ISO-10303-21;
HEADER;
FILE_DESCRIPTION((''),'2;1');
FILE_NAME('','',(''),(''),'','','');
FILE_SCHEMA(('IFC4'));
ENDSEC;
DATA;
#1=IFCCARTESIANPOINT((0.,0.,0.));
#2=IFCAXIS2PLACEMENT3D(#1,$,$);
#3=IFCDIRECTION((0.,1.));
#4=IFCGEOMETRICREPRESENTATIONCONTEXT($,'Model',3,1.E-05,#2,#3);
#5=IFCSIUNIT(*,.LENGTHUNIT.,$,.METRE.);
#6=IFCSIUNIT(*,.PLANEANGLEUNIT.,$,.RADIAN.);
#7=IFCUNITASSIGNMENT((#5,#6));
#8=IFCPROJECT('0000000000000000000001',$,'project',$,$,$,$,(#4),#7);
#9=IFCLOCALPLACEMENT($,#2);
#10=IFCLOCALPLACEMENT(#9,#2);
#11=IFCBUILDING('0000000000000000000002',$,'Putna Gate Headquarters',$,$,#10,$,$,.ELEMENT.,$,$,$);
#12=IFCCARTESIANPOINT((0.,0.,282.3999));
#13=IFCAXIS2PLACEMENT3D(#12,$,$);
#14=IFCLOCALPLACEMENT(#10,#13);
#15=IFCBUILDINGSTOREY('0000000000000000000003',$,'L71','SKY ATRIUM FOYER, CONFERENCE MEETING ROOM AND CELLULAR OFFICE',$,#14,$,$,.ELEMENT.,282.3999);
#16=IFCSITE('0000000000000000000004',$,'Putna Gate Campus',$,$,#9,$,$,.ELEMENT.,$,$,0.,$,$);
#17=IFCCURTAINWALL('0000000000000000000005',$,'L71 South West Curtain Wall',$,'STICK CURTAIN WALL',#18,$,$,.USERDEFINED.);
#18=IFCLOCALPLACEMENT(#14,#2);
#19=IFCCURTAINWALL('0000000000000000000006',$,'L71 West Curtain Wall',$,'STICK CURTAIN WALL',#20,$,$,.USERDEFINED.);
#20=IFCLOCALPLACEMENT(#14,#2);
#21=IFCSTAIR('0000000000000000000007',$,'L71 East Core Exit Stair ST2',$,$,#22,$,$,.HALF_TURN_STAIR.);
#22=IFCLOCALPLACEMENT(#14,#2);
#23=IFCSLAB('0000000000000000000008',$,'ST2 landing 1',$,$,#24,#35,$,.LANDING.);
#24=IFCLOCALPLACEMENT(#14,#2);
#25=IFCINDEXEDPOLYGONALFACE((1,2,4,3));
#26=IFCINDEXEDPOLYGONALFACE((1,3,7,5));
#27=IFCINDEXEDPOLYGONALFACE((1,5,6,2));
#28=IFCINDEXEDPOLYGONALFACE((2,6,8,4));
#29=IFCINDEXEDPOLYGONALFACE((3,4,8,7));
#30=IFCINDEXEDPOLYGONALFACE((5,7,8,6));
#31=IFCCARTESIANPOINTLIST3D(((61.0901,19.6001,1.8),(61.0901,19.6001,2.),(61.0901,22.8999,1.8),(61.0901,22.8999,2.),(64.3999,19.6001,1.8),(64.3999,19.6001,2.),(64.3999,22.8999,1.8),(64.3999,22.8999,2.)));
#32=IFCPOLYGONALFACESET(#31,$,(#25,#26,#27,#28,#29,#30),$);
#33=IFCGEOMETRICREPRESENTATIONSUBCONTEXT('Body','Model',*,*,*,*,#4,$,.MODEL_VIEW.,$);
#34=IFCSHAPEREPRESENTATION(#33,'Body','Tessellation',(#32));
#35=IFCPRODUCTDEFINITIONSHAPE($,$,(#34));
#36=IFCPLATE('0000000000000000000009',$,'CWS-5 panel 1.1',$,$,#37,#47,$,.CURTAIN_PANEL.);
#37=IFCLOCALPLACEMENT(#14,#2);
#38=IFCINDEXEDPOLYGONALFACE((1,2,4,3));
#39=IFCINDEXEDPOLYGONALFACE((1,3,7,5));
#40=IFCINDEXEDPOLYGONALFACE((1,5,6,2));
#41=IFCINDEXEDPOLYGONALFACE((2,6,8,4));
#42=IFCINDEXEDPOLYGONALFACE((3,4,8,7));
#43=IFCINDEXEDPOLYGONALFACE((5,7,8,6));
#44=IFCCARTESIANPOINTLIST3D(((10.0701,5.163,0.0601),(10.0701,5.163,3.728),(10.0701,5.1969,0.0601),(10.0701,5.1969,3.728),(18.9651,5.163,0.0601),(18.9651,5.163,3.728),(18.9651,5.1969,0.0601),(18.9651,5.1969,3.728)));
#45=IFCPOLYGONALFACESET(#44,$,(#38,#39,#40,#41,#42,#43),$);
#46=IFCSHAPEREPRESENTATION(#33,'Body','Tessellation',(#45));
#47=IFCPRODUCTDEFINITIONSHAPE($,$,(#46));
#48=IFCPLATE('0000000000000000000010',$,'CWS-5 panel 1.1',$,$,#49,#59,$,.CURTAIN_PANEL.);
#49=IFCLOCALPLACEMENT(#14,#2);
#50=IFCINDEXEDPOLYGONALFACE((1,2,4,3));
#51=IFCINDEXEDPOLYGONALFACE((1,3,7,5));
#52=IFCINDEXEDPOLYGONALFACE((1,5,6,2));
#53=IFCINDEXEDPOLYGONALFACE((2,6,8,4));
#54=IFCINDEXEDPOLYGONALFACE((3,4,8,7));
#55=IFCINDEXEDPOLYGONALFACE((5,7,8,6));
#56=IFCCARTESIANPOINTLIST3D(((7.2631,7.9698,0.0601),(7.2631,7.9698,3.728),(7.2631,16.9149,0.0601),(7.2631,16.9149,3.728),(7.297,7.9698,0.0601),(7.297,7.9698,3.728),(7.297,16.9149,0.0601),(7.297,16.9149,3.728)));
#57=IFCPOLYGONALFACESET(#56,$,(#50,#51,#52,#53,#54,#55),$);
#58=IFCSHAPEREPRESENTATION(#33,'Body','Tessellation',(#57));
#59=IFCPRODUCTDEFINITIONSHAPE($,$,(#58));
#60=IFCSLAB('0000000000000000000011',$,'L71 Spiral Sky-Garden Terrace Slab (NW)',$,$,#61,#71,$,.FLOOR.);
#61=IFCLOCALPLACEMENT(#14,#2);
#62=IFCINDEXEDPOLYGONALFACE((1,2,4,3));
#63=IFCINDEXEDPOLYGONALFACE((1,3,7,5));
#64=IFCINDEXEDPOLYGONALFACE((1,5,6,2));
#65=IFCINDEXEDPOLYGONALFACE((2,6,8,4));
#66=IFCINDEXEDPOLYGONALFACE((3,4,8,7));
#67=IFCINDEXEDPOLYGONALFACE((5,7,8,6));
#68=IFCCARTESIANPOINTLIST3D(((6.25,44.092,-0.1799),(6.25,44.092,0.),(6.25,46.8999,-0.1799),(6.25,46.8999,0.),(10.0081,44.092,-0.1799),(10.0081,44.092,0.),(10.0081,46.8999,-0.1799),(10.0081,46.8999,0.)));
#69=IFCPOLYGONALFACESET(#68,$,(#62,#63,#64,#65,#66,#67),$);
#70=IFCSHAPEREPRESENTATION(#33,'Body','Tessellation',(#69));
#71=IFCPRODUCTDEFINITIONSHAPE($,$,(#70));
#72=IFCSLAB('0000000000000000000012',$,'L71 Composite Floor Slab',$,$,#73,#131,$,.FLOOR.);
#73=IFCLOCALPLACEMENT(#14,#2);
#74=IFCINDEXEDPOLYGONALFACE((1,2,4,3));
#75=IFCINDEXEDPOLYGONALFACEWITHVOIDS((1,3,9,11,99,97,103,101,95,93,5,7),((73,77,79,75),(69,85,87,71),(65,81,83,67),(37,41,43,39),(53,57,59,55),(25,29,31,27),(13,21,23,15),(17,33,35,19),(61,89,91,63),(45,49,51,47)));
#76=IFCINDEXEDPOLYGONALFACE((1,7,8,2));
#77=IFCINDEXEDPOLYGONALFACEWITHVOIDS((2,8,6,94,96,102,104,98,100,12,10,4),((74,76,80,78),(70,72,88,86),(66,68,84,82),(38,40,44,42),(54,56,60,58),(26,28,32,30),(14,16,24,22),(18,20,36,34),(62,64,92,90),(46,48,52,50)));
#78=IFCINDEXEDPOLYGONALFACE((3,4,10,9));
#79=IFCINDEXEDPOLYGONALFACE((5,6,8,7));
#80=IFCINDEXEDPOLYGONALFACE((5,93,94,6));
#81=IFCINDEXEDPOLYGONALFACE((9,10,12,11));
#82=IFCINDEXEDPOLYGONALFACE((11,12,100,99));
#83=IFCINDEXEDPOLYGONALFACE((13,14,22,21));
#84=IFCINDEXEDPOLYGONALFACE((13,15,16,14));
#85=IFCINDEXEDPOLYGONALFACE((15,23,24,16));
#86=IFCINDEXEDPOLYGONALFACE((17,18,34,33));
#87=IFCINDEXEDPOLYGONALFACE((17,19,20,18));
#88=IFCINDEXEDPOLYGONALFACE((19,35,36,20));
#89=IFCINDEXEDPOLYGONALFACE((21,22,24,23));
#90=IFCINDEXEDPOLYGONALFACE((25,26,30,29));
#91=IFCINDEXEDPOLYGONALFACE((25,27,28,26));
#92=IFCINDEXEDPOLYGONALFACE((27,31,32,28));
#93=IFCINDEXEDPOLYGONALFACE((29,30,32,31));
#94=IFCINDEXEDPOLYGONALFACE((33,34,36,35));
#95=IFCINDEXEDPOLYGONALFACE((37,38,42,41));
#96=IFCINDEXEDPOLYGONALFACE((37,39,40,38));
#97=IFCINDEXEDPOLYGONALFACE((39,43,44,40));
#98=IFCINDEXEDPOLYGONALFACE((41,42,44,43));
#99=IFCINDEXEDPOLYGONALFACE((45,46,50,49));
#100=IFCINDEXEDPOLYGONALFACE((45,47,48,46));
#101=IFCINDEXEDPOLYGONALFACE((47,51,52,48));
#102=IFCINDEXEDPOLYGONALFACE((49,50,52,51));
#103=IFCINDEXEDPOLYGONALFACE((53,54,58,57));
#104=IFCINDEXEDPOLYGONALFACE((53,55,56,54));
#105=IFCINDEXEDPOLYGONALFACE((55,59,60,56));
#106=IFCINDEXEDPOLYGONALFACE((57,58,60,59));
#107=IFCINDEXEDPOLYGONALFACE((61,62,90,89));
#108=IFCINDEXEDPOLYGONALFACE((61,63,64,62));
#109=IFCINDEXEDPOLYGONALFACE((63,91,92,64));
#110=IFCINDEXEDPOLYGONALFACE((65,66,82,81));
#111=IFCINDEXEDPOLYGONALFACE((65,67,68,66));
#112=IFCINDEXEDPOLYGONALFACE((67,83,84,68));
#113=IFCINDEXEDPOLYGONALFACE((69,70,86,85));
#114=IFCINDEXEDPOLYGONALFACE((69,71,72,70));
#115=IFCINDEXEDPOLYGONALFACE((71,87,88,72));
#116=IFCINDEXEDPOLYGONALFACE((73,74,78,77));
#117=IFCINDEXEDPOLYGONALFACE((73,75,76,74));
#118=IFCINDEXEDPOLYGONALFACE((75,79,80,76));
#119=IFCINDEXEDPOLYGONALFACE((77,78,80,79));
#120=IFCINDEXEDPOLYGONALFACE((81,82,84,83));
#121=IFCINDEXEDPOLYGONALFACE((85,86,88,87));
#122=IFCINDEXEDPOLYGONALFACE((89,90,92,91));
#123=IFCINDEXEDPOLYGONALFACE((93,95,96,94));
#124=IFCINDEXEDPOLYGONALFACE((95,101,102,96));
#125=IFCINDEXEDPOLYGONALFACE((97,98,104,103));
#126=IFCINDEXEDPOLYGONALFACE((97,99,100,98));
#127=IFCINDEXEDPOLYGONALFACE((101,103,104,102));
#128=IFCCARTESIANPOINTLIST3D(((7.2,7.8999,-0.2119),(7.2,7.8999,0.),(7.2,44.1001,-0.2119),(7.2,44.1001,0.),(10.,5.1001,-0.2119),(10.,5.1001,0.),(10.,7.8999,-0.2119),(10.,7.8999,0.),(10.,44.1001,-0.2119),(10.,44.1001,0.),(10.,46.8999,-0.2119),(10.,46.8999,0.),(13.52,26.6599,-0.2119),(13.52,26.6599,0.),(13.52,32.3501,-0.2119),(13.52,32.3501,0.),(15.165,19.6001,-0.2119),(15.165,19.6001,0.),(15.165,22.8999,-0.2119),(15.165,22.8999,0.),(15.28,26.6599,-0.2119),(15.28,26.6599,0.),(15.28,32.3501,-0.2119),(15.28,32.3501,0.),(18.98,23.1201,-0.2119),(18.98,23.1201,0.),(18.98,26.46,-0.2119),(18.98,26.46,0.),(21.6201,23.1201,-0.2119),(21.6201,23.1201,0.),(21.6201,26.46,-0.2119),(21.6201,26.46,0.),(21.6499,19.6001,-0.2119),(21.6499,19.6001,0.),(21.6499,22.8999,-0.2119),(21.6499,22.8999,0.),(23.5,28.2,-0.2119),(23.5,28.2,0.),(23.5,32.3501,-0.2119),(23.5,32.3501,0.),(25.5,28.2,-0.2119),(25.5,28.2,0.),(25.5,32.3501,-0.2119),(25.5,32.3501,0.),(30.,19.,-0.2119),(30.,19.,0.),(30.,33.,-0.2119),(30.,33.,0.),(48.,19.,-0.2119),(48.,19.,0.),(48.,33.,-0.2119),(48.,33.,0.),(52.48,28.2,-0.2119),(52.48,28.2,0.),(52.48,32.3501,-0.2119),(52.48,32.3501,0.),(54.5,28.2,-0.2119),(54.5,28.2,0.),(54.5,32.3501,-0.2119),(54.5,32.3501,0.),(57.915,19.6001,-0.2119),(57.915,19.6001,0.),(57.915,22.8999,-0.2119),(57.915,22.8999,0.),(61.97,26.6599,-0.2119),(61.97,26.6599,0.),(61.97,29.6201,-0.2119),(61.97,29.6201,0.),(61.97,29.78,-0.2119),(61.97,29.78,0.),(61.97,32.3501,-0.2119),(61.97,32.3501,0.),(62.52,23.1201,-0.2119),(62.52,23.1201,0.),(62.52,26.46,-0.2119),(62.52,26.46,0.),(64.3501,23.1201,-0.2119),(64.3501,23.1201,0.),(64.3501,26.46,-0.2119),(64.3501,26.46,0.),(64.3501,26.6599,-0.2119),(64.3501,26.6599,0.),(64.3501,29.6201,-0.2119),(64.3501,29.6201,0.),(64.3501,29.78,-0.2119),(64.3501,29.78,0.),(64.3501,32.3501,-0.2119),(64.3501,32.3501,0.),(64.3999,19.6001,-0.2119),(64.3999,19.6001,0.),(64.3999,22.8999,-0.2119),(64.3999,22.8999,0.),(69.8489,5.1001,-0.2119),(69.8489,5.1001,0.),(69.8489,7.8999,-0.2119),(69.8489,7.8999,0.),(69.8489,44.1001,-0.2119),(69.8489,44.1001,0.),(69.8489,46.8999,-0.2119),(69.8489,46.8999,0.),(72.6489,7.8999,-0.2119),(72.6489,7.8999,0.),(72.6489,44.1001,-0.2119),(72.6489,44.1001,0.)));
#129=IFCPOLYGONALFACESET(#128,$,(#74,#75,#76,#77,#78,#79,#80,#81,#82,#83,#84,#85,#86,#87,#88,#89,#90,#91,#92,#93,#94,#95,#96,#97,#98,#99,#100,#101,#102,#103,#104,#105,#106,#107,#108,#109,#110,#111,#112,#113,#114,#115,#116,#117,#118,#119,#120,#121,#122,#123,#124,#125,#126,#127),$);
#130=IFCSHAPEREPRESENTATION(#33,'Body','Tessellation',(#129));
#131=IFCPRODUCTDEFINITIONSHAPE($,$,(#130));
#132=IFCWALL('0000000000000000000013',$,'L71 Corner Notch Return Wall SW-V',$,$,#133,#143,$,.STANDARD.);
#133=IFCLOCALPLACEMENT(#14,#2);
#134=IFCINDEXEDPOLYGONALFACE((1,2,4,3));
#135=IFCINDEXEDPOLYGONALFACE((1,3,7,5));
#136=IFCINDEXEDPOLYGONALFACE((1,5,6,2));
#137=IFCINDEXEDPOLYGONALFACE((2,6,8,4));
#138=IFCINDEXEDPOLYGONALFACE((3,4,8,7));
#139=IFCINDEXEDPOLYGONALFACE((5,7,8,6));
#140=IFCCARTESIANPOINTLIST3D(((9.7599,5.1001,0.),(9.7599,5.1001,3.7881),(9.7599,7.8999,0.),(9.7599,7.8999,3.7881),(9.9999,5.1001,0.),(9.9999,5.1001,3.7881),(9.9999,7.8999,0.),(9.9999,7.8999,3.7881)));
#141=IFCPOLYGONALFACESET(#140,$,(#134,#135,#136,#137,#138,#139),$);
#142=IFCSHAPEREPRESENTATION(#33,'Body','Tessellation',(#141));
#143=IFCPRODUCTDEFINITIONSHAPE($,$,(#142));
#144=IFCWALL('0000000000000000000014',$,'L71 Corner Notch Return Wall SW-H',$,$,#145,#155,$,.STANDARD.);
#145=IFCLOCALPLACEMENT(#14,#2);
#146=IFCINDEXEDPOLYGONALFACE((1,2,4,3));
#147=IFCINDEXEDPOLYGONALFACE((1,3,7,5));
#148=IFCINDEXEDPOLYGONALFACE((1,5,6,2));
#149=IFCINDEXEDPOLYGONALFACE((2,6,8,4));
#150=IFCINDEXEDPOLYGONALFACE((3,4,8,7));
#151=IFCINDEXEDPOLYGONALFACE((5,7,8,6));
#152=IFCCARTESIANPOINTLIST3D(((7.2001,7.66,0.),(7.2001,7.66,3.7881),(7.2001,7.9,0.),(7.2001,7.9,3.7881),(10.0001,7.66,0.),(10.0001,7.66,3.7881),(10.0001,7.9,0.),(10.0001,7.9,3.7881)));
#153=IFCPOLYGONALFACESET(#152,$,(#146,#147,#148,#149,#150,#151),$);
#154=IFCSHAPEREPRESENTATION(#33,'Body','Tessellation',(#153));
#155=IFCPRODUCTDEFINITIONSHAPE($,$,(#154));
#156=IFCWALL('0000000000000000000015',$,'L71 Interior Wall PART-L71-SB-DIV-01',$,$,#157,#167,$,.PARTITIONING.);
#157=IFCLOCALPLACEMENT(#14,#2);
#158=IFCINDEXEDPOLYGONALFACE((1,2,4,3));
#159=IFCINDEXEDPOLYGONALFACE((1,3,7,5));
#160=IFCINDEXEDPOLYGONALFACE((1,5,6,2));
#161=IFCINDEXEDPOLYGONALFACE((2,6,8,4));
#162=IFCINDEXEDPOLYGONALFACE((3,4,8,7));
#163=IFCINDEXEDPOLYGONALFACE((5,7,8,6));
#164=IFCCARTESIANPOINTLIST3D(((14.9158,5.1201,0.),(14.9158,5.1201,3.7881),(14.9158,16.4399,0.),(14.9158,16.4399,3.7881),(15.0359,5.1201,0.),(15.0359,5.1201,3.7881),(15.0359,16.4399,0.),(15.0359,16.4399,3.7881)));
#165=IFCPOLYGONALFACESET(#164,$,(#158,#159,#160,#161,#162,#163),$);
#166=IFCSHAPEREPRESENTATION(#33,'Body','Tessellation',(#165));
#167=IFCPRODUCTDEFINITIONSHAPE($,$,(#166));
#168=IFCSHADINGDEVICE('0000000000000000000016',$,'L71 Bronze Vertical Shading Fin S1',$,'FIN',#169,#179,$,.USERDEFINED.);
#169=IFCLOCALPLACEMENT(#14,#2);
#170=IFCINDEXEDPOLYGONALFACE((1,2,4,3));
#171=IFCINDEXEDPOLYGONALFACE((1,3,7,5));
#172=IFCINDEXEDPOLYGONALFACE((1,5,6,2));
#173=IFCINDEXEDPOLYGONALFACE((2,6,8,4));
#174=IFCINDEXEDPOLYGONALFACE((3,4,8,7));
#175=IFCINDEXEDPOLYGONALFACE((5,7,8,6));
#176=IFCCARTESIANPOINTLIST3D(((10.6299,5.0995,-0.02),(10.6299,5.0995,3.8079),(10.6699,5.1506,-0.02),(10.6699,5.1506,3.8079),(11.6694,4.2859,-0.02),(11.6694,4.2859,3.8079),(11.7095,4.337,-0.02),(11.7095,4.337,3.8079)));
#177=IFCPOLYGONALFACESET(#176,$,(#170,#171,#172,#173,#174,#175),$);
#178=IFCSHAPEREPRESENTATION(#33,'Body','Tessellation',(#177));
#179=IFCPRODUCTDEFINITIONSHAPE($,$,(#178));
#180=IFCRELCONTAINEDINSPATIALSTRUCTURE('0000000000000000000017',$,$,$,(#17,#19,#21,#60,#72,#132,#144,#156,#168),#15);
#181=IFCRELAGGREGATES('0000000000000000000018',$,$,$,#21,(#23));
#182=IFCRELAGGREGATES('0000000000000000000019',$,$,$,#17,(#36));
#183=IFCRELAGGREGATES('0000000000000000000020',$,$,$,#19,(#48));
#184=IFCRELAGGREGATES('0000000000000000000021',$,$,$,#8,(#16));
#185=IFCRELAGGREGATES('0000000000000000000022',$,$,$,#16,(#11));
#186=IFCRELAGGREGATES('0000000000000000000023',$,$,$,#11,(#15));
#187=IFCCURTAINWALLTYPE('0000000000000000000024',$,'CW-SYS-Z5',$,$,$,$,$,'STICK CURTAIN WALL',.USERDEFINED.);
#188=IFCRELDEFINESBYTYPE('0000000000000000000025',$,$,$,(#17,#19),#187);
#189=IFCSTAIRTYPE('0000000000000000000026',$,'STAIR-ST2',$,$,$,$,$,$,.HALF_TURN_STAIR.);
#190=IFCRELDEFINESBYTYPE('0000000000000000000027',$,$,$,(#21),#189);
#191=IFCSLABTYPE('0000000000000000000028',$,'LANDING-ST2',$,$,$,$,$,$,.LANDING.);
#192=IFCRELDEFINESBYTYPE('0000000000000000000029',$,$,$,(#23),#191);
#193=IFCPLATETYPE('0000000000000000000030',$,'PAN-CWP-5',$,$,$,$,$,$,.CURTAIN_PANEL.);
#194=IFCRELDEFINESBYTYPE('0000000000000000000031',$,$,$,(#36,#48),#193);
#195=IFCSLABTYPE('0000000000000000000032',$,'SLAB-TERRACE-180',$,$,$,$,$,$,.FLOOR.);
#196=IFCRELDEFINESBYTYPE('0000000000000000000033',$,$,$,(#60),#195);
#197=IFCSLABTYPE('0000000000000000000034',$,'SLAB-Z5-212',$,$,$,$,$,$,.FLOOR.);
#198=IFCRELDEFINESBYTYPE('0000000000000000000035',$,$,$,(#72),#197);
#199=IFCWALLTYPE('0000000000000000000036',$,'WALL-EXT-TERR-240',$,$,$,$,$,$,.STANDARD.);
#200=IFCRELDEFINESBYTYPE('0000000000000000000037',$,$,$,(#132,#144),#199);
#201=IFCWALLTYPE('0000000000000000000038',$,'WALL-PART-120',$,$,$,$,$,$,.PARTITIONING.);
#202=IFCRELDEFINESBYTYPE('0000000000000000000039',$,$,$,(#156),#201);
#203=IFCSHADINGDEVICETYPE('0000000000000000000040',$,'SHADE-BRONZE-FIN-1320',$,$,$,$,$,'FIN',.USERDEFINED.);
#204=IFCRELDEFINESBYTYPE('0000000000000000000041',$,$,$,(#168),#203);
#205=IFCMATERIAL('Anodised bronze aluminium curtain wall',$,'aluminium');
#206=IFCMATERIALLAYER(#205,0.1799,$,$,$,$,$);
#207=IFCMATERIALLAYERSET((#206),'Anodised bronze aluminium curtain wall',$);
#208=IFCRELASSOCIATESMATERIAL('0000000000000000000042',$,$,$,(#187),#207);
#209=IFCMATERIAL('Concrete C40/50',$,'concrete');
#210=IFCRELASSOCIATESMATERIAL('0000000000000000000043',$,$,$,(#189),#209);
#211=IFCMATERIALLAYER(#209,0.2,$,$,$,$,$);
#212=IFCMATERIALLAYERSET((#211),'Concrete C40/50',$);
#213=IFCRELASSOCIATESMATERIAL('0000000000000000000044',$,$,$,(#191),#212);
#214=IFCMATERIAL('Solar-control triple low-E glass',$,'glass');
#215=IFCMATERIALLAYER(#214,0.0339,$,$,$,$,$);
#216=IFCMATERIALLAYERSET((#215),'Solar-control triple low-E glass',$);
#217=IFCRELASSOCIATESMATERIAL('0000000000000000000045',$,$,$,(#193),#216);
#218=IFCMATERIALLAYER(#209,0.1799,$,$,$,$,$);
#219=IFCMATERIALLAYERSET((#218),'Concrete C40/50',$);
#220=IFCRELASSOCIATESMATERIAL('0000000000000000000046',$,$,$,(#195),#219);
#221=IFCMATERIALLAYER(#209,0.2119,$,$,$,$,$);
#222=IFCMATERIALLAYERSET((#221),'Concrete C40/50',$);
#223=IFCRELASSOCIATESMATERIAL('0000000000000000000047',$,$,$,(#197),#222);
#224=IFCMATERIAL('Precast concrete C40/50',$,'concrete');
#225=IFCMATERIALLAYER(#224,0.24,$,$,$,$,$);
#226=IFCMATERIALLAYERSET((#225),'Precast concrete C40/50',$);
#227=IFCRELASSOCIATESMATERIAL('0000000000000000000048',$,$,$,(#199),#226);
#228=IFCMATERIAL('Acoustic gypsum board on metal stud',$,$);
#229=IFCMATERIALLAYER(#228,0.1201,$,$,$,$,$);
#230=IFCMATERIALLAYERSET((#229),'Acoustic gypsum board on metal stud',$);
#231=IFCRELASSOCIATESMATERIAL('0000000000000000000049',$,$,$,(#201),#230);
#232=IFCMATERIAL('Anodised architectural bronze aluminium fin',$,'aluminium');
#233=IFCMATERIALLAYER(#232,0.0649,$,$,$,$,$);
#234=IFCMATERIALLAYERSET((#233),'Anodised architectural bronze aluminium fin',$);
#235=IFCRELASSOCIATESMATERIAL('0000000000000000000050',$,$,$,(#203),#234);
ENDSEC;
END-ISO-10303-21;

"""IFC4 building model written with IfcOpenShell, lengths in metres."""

from ifc_helpers import new_model, si_unit, direction, frame, frame_2d, origin, origin_2d, place, context, subcontext, project, spatial, polyline, rectangle, outline, extrude, material, layer, layer_set, type_object, element, aggregate, save


model = new_model("IFC4")

# Units and contexts
model_context = context("Model", 3, precision=1e-05, world=origin(), true_north=direction((0.0, 1.0)))
body_context = subcontext(model_context, "Body", "Model", "MODEL_VIEW")
ifc_project = project(units=[si_unit("LENGTHUNIT", "METRE"), si_unit("PLANEANGLEUNIT", "RADIAN")], contexts=[model_context])

# Site, building, storey
site_placement = place(None, origin())
site = spatial("IfcSite", under=ifc_project, at=site_placement, Name="Putna Gate Campus", CompositionType="ELEMENT", RefElevation=0.0)
building_placement = place(site_placement, origin())
building = spatial("IfcBuilding", under=site, at=building_placement, Name="Putna Gate Headquarters", CompositionType="ELEMENT")
storey_placement = place(building_placement, frame((0.0, 0.0, 282.3999)))
storey = spatial("IfcBuildingStorey", under=building, at=storey_placement, Name="L71", Description="SKY ATRIUM FOYER, CONFERENCE MEETING ROOM AND CELLULAR OFFICE", CompositionType="ELEMENT", Elevation=282.3999)

# Curtain walls
ifc_material_1 = material(Name="Anodised bronze aluminium curtain wall", Category="aluminium")
ifc_layer_1 = layer(ifc_material_1, 0.1799)
ifc_layer_set_1 = layer_set([ifc_layer_1], Name="Anodised bronze aluminium curtain wall")
curtain_wall_type = type_object("IfcCurtainWallType", Name="CW-SYS-Z5", ElementType="STICK CURTAIN WALL", PredefinedType="USERDEFINED", material=ifc_layer_set_1)
curtain_wall_1_placement = place(storey_placement, origin())
curtain_wall_1 = element("IfcCurtainWall", 1, at=curtain_wall_1_placement, inside=storey, type_object=curtain_wall_type, Name="L71 South West Curtain Wall", ObjectType="STICK CURTAIN WALL", PredefinedType="USERDEFINED")
curtain_wall_2_placement = place(storey_placement, origin())
curtain_wall_2 = element("IfcCurtainWall", 2, at=curtain_wall_2_placement, inside=storey, type_object=curtain_wall_type, Name="L71 West Curtain Wall", ObjectType="STICK CURTAIN WALL", PredefinedType="USERDEFINED")

# Stair, slab
ifc_material_2 = material(Name="Concrete C40/50", Category="concrete")
stair_type_1 = type_object("IfcStairType", Name="STAIR-ST2", PredefinedType="HALF_TURN_STAIR", material=ifc_material_2)
stair_1_placement = place(storey_placement, origin())
stair_1 = element("IfcStair", 3, at=stair_1_placement, inside=storey, type_object=stair_type_1, Name="L71 East Core Exit Stair ST2", PredefinedType="HALF_TURN_STAIR")
ifc_layer_2 = layer(ifc_material_2, 0.2)
ifc_layer_set_2 = layer_set([ifc_layer_2], Name="Concrete C40/50")
slab_type_1 = type_object("IfcSlabType", Name="LANDING-ST2", PredefinedType="LANDING", material=ifc_layer_set_2)
slab_1_placement = place(storey_placement, frame((0.0, 0.0, 1.8)))
slab_1 = element("IfcSlab", 4, at=slab_1_placement, type_object=slab_type_1, Name="ST2 landing 1", PredefinedType="LANDING", context=body_context, shape_type="SweptSolid", body=[
    extrude(outline(polyline([(61.0901, 19.6001), (64.3999, 19.6001), (64.3999, 22.8999), (61.0901, 22.8999), (61.0901, 19.6001)])), origin(), (0.0, 0.0, 1.0), 0.2),
])
aggregate(stair_1, [slab_1])

# Plates
ifc_material_3 = material(Name="Solar-control triple low-E glass", Category="glass")
ifc_layer_3 = layer(ifc_material_3, 0.0339)
ifc_layer_set_3 = layer_set([ifc_layer_3], Name="Solar-control triple low-E glass")
plate_type = type_object("IfcPlateType", Name="PAN-CWP-5", PredefinedType="CURTAIN_PANEL", material=ifc_layer_set_3)
plate_1_placement = place(storey_placement, frame((14.5176, 5.1799, 0.0601), z_axis=(0.0, 0.0, 1.0), x_axis=(1.0, 0.0, 0.0)))
plate_1 = element("IfcPlate", 5, at=plate_1_placement, type_object=plate_type, Name="CWS-5 panel 1.1", PredefinedType="CURTAIN_PANEL", context=body_context, shape_type="SweptSolid", body=[
    extrude(rectangle(XDim=8.895, YDim=0.0339, at=origin_2d()), origin(), (0.0, 0.0, 1.0), 3.668),
])
aggregate(curtain_wall_1, [plate_1])
plate_2_placement = place(storey_placement, frame((7.28, 12.4424, 0.0601), z_axis=(0.0, 0.0, 1.0), x_axis=(0.0, 1.0, 0.0)))
plate_2 = element("IfcPlate", 6, at=plate_2_placement, type_object=plate_type, Name="CWS-5 panel 1.1", PredefinedType="CURTAIN_PANEL", context=body_context, shape_type="SweptSolid", body=[
    extrude(rectangle(XDim=8.9451, YDim=0.0339, at=origin_2d()), origin(), (0.0, 0.0, 1.0), 3.668),
])
aggregate(curtain_wall_2, [plate_2])

# Slabs
ifc_layer_4 = layer(ifc_material_2, 0.1799)
ifc_layer_set_4 = layer_set([ifc_layer_4], Name="Concrete C40/50")
slab_type_2 = type_object("IfcSlabType", Name="SLAB-TERRACE-180", PredefinedType="FLOOR", material=ifc_layer_set_4)
slab_2_placement = place(storey_placement, frame((0.0, 0.0, -0.1799)))
element("IfcSlab", 7, at=slab_2_placement, inside=storey, type_object=slab_type_2, Name="L71 Spiral Sky-Garden Terrace Slab (NW)", PredefinedType="FLOOR", context=body_context, shape_type="SweptSolid", body=[
    extrude(outline(polyline([(6.25, 44.092), (10.0081, 44.092), (10.0081, 46.8999), (6.25, 46.8999), (6.25, 44.092)])), origin(), (0.0, 0.0, 1.0), 0.1799),
])
ifc_layer_5 = layer(ifc_material_2, 0.2119)
ifc_layer_set_5 = layer_set([ifc_layer_5], Name="Concrete C40/50")
slab_type_3 = type_object("IfcSlabType", Name="SLAB-Z5-212", PredefinedType="FLOOR", material=ifc_layer_set_5)
slab_3_placement = place(storey_placement, frame((0.0, 0.0, -0.2119)))
element("IfcSlab", 8, at=slab_3_placement, inside=storey, type_object=slab_type_3, Name="L71 Composite Floor Slab", PredefinedType="FLOOR", context=body_context, shape_type="SweptSolid", body=[
    extrude(outline(polyline([(10.0, 5.1001), (69.8489, 5.1001), (69.8489, 7.8999), (72.6489, 7.8999), (72.6489, 44.1001), (69.8489, 44.1001), (69.8489, 46.8999), (10.0, 46.8999), (10.0, 44.1001), (7.2, 44.1001), (7.2, 7.8999), (10.0, 7.8999), (10.0, 5.1001)]), holes=[polyline([(15.165, 19.6001), (21.6499, 19.6001), (21.6499, 22.8999), (15.165, 22.8999), (15.165, 19.6001)]), polyline([(57.915, 19.6001), (64.3999, 19.6001), (64.3999, 22.8999), (57.915, 22.8999), (57.915, 19.6001)]), polyline([(13.52, 26.6599), (15.28, 26.6599), (15.28, 32.3501), (13.52, 32.3501), (13.52, 26.6599)]), polyline([(61.97, 29.78), (64.3501, 29.78), (64.3501, 32.3501), (61.97, 32.3501), (61.97, 29.78)]), polyline([(18.98, 23.1201), (21.6201, 23.1201), (21.6201, 26.46), (18.98, 26.46), (18.98, 23.1201)]), polyline([(62.52, 23.1201), (64.3501, 23.1201), (64.3501, 26.46), (62.52, 26.46), (62.52, 23.1201)]), polyline([(61.97, 26.6599), (64.3501, 26.6599), (64.3501, 29.6201), (61.97, 29.6201), (61.97, 26.6599)]), polyline([(23.5, 28.2), (25.5, 28.2), (25.5, 32.3501), (23.5, 32.3501), (23.5, 28.2)]), polyline([(52.48, 28.2), (54.5, 28.2), (54.5, 32.3501), (52.48, 32.3501), (52.48, 28.2)]), polyline([(30.0, 19.0), (48.0, 19.0), (48.0, 33.0), (30.0, 33.0), (30.0, 19.0)])]), origin(), (0.0, 0.0, 1.0), 0.2119),
])

# Walls
ifc_material_4 = material(Name="Precast concrete C40/50", Category="concrete")
ifc_layer_6 = layer(ifc_material_4, 0.24)
ifc_layer_set_6 = layer_set([ifc_layer_6], Name="Precast concrete C40/50")
wall_type_1 = type_object("IfcWallType", Name="WALL-EXT-TERR-240", PredefinedType="STANDARD", material=ifc_layer_set_6)
wall_1_placement = place(storey_placement, frame((9.8799, 5.1001, 0.0), z_axis=(0.0, 0.0, 1.0), x_axis=(0.0, 1.0, 0.0)))
element("IfcWall", 9, at=wall_1_placement, inside=storey, type_object=wall_type_1, Name="L71 Corner Notch Return Wall SW-V", PredefinedType="STANDARD", context=body_context, shape_type="SweptSolid", body=[
    extrude(rectangle(XDim=2.7998, YDim=0.24, at=frame_2d((1.3999, 0.0))), origin(), (0.0, 0.0, 1.0), 3.7881),
])
wall_2_placement = place(storey_placement, frame((10.0, 7.78, 0.0), z_axis=(0.0, 0.0, 1.0), x_axis=(-1.0, 0.0, 0.0)))
element("IfcWall", 10, at=wall_2_placement, inside=storey, type_object=wall_type_1, Name="L71 Corner Notch Return Wall SW-H", PredefinedType="STANDARD", context=body_context, shape_type="SweptSolid", body=[
    extrude(rectangle(XDim=2.8, YDim=0.24, at=frame_2d((1.3999, 0.0))), origin(), (0.0, 0.0, 1.0), 3.7881),
])
ifc_material_5 = material(Name="Acoustic gypsum board on metal stud")
ifc_layer_7 = layer(ifc_material_5, 0.1201)
ifc_layer_set_7 = layer_set([ifc_layer_7], Name="Acoustic gypsum board on metal stud")
wall_type_2 = type_object("IfcWallType", Name="WALL-PART-120", PredefinedType="PARTITIONING", material=ifc_layer_set_7)
wall_3_placement = place(storey_placement, frame((14.9758, 5.1201, 0.0), z_axis=(0.0, 0.0, 1.0), x_axis=(0.0, 1.0, 0.0)))
element("IfcWall", 11, at=wall_3_placement, inside=storey, type_object=wall_type_2, Name="L71 Interior Wall PART-L71-SB-DIV-01", PredefinedType="PARTITIONING", context=body_context, shape_type="SweptSolid", body=[
    extrude(rectangle(XDim=11.3198, YDim=0.1201, at=frame_2d((5.6599, 0.0))), origin(), (0.0, 0.0, 1.0), 3.7881),
])

# Shading device
ifc_material_6 = material(Name="Anodised architectural bronze aluminium fin", Category="aluminium")
ifc_layer_8 = layer(ifc_material_6, 0.0649)
ifc_layer_set_8 = layer_set([ifc_layer_8], Name="Anodised architectural bronze aluminium fin")
shading_device_type_1 = type_object("IfcShadingDeviceType", Name="SHADE-BRONZE-FIN-1320", ElementType="FIN", PredefinedType="USERDEFINED", material=ifc_layer_set_8)
for number, where, z_axis, x_axis, name in (
    (12, (11.1697, 4.7183, -0.02), (0.0, 0.0, 1.0), (0.787473, -0.616349, 0.0), "L71 Bronze Vertical Shading Fin S1"),
):
    element("IfcShadingDevice", number, at=place(storey_placement, frame(where, z_axis=z_axis, x_axis=x_axis)), inside=storey, type_object=shading_device_type_1, Name=name, ObjectType="FIN", PredefinedType="USERDEFINED", context=body_context, shape_type="SweptSolid", body=[
        extrude(rectangle(XDim=1.3201, YDim=0.0649, at=origin_2d()), origin(), (0.0, 0.0, 1.0), 3.8279),
    ])

save(model, "model.ifc")
